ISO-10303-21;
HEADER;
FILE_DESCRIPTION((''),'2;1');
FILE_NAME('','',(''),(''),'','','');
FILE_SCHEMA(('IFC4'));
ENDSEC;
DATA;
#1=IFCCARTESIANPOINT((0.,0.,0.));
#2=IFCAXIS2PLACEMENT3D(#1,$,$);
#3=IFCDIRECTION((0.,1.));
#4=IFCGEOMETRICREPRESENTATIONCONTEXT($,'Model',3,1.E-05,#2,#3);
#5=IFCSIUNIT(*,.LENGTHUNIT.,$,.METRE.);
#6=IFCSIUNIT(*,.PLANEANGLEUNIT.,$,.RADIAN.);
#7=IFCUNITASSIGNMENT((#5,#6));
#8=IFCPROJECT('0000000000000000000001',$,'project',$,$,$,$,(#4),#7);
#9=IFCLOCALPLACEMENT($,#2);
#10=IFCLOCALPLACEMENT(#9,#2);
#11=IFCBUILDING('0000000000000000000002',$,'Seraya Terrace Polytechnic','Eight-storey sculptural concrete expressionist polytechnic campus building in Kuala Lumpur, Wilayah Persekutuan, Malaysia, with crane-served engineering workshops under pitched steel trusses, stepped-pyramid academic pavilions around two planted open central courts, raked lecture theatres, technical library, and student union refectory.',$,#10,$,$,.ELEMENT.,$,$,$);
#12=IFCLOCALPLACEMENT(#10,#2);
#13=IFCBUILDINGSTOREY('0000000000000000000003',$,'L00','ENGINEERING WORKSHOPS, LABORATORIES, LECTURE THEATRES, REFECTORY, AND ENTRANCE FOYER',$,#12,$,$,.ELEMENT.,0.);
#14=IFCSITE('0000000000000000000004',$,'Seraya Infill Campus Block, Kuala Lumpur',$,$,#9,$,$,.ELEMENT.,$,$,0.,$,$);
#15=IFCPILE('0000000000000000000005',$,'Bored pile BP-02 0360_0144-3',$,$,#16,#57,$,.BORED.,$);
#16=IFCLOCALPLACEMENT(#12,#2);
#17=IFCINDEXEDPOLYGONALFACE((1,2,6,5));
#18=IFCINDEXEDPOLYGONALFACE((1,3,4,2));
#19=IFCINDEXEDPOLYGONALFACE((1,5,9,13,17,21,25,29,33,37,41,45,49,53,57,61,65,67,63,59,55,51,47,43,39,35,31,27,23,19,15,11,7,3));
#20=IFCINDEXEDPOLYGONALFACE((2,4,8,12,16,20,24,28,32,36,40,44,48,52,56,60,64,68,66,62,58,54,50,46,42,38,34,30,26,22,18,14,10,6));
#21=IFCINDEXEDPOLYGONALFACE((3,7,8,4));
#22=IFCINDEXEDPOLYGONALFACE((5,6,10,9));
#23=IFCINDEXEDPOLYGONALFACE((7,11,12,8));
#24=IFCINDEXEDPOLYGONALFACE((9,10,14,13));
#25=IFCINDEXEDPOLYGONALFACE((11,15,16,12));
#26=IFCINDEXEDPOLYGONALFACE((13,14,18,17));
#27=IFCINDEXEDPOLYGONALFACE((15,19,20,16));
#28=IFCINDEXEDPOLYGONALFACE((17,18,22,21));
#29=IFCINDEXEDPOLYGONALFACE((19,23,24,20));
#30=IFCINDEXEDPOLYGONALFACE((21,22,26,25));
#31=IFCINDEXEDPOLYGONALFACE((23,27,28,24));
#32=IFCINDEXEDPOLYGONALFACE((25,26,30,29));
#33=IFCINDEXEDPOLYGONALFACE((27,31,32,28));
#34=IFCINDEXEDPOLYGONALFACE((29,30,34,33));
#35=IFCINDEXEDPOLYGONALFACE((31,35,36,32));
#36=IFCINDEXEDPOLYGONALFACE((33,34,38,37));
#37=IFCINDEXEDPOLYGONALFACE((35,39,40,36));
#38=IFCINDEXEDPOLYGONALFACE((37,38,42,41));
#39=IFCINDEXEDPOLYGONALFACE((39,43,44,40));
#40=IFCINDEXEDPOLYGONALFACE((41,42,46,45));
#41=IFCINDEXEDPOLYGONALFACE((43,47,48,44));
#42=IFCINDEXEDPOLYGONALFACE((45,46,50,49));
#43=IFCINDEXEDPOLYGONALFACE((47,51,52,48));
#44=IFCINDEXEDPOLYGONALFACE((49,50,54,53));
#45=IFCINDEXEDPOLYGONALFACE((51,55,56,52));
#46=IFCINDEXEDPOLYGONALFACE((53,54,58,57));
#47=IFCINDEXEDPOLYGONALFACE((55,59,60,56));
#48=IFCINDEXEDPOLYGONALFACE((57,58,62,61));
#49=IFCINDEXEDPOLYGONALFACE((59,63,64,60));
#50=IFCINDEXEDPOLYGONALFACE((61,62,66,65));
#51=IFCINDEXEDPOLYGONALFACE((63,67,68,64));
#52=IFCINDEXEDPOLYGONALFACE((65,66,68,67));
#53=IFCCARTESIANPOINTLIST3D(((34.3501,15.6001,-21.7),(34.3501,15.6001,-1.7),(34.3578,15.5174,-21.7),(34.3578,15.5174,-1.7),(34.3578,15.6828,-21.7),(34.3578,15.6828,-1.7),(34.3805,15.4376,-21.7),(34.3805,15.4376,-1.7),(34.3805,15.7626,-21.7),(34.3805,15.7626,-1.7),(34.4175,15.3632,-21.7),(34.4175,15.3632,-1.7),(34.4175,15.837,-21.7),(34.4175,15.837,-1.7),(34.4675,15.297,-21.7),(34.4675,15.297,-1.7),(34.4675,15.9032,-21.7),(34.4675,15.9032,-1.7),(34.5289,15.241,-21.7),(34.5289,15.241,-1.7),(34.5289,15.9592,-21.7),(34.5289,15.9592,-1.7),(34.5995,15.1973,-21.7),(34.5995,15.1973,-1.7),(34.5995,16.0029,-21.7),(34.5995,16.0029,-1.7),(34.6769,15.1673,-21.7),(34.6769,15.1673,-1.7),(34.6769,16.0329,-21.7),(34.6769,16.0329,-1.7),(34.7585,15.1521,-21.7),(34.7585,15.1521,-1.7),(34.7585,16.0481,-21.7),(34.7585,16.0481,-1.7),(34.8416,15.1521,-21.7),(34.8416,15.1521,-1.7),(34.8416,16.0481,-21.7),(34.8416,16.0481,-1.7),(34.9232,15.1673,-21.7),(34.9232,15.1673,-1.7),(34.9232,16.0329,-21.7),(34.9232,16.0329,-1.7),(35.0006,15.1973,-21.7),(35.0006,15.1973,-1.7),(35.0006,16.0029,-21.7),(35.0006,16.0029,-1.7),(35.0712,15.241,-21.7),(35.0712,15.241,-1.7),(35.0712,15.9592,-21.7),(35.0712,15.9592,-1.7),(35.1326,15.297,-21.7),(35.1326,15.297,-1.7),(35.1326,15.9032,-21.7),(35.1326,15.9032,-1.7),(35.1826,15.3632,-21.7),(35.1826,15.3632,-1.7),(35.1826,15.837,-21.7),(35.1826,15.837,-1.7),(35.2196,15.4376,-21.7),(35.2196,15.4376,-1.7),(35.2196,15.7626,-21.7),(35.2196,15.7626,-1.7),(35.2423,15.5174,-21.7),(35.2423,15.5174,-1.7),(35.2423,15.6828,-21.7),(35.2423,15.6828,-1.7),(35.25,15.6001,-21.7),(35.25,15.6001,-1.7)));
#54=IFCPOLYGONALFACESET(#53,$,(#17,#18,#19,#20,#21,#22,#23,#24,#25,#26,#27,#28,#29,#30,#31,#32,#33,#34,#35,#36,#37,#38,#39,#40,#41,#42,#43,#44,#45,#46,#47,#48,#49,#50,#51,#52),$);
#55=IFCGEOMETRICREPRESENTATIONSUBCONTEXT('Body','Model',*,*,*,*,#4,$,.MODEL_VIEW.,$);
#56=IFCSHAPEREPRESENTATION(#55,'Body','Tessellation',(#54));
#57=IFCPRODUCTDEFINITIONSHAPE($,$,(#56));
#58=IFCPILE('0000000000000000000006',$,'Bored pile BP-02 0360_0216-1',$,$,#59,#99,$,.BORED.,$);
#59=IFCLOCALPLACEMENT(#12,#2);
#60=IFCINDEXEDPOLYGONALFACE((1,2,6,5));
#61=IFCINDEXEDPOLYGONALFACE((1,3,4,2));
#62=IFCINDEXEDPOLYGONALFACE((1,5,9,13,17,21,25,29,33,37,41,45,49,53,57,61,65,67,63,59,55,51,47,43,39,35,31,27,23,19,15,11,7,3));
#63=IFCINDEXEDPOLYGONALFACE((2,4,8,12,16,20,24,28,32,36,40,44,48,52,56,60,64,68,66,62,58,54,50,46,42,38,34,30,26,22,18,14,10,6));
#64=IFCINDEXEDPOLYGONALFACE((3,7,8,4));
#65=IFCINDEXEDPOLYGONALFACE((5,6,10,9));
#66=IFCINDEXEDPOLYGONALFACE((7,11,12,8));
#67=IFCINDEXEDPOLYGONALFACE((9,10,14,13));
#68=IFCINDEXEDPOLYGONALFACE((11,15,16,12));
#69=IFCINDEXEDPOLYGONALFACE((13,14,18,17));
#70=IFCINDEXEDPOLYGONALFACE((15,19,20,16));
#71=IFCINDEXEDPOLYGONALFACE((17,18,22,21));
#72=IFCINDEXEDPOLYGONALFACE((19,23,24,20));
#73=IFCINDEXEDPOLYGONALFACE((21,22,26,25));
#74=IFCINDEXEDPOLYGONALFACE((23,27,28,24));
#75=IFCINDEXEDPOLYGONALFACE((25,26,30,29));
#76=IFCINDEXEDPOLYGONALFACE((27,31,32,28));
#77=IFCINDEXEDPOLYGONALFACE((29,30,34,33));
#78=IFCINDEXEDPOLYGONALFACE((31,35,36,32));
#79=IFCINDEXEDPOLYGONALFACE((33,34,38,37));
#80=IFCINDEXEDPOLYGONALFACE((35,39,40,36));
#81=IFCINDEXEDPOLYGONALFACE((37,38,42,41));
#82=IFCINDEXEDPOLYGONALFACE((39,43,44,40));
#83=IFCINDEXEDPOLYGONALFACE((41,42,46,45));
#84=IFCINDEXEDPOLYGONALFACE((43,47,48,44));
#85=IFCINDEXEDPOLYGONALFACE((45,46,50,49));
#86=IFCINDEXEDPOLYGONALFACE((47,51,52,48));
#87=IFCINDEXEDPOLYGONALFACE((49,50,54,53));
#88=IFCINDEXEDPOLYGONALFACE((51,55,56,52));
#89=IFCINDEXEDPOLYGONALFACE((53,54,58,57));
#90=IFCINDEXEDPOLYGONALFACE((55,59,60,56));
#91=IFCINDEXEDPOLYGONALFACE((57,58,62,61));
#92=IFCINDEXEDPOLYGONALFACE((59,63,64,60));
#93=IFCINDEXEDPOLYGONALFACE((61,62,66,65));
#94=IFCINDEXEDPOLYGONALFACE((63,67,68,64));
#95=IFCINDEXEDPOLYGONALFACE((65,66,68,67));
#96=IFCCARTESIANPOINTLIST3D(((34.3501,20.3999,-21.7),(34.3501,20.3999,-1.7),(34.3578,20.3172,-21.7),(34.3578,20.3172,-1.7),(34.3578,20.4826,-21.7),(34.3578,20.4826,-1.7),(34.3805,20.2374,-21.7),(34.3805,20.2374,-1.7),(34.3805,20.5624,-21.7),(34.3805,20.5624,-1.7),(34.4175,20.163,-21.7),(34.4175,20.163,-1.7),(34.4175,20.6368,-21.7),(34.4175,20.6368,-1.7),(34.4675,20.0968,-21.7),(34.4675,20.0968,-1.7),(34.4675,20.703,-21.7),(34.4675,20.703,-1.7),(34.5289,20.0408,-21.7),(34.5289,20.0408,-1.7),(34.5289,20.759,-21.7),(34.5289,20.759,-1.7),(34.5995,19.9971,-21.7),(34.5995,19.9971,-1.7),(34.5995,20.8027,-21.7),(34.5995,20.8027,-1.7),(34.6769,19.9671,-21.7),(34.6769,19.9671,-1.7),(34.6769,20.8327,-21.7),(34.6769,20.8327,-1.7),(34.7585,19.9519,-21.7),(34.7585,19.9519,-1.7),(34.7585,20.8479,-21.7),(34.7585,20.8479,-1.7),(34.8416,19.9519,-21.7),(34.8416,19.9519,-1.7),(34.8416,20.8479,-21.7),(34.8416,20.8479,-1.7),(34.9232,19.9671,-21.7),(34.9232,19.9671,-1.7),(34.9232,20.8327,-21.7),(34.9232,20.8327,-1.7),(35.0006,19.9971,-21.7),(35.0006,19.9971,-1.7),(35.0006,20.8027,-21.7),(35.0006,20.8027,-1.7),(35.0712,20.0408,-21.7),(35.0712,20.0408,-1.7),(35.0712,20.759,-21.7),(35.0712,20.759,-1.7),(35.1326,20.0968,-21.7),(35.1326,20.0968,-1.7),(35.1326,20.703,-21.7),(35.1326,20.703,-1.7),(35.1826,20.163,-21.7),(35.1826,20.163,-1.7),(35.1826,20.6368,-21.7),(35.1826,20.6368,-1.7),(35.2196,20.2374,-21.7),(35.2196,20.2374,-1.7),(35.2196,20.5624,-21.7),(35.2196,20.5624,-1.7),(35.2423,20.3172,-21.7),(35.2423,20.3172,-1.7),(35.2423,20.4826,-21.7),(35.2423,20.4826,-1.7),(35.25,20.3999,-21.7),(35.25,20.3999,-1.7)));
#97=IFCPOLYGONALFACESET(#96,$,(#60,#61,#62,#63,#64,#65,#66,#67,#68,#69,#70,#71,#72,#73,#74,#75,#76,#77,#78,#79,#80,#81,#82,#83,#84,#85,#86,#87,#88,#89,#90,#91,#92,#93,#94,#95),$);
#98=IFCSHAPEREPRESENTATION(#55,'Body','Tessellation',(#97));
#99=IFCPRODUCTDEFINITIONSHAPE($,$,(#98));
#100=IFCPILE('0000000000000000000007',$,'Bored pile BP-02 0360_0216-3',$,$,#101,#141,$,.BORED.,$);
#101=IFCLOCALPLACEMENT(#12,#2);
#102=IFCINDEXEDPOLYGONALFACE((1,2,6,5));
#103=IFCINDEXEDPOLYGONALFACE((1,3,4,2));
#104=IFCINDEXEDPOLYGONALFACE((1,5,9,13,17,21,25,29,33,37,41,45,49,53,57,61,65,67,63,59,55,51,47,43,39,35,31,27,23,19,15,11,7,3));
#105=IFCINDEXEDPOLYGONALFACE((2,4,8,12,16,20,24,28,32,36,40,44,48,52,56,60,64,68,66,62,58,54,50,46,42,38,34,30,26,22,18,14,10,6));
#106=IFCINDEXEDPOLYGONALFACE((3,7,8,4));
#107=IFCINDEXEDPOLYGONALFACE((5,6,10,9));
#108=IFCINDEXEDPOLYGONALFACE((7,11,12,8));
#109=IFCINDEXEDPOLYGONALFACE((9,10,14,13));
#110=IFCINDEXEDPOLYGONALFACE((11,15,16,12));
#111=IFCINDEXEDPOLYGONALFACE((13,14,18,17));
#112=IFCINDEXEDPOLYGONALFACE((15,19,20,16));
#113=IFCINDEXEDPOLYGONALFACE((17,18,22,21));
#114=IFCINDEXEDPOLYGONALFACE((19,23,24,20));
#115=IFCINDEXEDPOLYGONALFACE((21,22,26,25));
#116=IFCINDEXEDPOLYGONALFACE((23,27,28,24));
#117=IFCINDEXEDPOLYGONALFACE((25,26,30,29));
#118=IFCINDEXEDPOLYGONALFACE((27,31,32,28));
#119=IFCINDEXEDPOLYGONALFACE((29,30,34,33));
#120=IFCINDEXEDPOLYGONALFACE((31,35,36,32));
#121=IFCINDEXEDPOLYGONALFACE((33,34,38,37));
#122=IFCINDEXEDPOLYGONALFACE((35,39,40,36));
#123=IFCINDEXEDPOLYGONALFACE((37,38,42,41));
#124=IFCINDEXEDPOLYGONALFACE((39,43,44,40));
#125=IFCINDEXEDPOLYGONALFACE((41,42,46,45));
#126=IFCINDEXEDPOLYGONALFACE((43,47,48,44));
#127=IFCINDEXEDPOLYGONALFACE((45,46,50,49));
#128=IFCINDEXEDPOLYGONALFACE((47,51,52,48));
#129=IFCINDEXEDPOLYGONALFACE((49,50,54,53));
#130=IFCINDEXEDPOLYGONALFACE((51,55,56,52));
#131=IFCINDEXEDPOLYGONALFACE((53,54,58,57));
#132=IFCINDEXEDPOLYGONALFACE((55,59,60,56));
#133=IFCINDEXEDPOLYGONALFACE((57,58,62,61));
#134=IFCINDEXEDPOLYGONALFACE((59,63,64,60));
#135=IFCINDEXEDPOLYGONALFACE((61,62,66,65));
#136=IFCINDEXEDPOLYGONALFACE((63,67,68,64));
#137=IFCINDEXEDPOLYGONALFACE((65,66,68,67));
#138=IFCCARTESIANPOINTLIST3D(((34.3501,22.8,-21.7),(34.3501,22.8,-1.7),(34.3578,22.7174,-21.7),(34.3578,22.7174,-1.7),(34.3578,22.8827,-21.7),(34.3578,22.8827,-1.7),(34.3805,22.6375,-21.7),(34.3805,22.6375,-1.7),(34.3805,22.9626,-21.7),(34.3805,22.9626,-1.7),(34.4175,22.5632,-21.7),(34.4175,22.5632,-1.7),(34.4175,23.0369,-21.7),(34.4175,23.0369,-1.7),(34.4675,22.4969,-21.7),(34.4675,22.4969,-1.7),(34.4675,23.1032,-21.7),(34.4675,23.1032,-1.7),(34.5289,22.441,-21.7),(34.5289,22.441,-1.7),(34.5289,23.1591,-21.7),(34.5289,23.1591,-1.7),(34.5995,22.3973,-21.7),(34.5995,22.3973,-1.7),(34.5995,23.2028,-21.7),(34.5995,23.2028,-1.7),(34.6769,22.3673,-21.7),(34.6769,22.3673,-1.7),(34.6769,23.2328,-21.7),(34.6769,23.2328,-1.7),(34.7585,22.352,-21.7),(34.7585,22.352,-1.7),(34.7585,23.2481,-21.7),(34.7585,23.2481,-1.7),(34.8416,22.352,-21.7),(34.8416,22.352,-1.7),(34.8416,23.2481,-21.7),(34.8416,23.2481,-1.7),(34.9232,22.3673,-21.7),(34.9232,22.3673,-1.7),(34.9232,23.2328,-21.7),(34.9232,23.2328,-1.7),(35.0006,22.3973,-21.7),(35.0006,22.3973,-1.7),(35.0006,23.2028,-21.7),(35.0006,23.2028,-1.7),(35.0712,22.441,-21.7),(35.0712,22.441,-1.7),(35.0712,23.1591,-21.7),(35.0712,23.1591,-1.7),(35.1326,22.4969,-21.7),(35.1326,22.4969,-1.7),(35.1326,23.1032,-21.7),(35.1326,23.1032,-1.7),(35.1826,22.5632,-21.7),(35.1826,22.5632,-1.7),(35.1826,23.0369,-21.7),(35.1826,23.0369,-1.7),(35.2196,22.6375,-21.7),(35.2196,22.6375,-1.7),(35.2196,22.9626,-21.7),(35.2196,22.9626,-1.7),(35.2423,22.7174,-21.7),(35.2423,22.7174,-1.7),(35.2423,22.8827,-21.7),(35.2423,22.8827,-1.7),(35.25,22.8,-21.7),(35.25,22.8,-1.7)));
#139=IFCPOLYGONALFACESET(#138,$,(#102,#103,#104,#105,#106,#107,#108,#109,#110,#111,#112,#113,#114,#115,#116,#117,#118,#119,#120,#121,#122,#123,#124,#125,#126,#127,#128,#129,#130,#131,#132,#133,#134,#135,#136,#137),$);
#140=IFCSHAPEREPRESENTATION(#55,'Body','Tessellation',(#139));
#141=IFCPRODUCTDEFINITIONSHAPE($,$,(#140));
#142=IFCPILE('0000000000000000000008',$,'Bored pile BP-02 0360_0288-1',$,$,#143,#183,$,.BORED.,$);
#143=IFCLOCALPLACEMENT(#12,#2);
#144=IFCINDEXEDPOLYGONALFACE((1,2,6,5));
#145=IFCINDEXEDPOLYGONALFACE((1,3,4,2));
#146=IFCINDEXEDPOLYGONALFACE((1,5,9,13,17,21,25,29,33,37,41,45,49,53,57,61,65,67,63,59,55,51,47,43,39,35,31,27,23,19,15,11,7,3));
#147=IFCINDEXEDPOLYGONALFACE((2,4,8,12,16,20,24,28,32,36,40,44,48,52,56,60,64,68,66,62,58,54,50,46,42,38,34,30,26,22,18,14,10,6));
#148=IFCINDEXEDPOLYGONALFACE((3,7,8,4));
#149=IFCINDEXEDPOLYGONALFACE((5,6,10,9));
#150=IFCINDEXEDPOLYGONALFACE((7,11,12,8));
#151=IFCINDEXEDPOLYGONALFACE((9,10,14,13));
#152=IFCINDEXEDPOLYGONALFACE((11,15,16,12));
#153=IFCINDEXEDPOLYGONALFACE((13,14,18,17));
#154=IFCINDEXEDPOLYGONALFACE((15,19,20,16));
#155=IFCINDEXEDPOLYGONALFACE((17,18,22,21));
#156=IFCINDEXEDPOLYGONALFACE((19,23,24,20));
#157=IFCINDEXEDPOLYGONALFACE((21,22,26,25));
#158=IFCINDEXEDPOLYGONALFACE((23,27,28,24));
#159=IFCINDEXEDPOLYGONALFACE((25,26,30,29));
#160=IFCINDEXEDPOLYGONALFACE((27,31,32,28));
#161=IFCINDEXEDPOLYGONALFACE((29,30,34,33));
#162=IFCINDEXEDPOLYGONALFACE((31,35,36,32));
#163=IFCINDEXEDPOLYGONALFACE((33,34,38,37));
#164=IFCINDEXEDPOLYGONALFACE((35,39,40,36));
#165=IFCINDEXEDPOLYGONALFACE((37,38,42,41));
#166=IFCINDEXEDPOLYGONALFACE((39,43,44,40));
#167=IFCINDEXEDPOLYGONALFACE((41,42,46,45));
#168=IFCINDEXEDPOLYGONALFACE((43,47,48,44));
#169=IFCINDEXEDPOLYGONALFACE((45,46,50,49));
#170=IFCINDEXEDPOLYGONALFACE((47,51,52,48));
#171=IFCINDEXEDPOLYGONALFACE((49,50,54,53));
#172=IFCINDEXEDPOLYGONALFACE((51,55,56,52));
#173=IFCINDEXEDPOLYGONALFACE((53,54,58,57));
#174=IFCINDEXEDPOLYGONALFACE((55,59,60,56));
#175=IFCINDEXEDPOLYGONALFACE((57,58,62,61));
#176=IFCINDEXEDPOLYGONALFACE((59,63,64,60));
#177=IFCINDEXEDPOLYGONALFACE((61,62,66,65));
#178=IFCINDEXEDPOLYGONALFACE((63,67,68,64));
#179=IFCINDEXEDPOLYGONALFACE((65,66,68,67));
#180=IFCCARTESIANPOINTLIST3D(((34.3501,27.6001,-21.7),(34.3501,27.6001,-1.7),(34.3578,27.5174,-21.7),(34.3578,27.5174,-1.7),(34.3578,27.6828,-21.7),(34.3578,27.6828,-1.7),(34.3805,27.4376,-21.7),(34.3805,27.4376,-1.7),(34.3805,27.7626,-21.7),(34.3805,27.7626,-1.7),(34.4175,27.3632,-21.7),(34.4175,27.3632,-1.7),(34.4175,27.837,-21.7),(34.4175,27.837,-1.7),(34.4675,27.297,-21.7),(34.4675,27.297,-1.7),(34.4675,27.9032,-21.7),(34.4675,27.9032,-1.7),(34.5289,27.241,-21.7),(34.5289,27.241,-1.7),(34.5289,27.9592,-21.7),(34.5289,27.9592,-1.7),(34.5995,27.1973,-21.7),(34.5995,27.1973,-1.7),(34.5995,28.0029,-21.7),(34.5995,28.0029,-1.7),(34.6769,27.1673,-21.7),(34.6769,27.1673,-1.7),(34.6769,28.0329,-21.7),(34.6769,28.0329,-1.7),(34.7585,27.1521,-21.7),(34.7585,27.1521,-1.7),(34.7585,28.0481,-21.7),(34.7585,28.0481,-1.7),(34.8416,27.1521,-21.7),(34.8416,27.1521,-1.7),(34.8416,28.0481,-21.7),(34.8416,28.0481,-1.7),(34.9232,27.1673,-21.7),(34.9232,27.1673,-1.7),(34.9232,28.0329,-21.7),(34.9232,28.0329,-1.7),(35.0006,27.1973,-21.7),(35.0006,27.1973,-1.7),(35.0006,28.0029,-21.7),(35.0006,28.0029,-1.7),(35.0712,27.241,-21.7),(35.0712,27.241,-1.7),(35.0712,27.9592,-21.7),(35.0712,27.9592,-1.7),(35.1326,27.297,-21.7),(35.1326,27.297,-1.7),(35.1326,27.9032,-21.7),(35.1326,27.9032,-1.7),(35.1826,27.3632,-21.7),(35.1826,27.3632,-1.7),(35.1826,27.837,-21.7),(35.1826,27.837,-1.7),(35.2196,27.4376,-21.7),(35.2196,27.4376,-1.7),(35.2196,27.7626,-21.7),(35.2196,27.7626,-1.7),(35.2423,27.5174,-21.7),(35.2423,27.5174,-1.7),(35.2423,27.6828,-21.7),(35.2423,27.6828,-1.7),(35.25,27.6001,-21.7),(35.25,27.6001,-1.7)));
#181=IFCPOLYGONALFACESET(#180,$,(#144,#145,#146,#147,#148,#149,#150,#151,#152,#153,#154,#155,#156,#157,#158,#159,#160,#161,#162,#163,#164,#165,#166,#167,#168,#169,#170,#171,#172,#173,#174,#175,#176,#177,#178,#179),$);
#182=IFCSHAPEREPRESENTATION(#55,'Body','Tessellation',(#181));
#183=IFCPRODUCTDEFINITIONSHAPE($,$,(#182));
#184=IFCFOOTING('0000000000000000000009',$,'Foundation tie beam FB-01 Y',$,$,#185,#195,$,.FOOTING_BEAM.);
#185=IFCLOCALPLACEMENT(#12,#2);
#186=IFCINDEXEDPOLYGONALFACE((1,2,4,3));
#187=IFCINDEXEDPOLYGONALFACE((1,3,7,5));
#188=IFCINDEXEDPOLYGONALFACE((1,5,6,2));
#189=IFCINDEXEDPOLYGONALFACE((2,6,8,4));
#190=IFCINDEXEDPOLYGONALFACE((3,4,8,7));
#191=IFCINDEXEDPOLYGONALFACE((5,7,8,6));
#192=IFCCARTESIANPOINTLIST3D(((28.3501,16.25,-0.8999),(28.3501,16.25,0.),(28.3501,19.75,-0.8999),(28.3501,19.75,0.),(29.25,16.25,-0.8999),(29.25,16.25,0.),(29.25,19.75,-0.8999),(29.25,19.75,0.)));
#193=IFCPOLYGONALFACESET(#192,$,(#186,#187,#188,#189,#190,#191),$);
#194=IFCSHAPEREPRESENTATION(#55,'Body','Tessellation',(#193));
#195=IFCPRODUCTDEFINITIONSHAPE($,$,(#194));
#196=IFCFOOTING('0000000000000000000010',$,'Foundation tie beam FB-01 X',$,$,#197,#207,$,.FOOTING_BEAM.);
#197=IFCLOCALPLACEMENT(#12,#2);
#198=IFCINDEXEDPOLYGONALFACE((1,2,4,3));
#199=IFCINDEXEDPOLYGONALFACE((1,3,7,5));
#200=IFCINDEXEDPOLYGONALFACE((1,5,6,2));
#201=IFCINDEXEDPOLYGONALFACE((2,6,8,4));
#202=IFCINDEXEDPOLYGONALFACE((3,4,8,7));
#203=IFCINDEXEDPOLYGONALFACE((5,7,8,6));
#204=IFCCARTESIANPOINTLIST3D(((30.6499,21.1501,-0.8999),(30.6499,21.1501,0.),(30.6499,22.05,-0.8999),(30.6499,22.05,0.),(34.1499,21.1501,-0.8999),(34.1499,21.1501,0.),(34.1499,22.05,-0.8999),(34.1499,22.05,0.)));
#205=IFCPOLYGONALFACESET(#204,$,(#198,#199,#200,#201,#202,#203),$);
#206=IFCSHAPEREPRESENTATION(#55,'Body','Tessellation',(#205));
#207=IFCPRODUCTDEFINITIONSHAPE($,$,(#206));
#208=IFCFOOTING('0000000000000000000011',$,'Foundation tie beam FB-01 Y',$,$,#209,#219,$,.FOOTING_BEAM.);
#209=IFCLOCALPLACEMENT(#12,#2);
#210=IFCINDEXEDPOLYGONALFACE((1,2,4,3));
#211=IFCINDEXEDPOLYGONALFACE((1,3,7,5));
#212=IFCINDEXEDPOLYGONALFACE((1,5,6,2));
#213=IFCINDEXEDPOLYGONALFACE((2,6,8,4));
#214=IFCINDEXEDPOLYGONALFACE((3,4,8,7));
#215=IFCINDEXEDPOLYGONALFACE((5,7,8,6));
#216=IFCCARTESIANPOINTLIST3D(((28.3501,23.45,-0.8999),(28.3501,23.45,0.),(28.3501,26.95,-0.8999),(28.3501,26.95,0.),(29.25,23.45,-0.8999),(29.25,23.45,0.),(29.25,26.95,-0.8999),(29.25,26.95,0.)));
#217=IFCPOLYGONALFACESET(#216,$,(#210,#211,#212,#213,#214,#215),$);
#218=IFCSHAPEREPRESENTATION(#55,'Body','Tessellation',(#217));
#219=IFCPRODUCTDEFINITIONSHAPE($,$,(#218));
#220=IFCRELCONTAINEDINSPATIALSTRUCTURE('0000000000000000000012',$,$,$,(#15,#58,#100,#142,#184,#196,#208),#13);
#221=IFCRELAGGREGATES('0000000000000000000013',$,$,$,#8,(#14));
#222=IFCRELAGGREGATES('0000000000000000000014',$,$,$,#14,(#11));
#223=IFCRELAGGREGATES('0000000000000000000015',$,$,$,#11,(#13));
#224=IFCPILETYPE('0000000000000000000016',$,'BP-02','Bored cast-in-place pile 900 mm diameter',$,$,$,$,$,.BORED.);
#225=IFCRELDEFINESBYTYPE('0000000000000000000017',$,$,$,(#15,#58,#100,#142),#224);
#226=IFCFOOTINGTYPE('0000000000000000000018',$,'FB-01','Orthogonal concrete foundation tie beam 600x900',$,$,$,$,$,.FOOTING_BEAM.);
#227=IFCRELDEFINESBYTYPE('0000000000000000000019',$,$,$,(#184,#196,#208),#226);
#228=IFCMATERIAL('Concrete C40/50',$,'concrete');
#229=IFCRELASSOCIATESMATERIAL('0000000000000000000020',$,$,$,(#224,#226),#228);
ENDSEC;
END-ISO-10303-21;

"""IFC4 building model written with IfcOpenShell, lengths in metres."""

from ifc_helpers import new_model, si_unit, direction, frame, origin, origin_2d, place, context, subcontext, project, spatial, rectangle, circle, extrude, material, material_profile, profile_set, type_object, element, save


model = new_model("IFC4")

# Units and contexts
model_context = context("Model", 3, precision=1e-05, world=origin(), true_north=direction((0.0, 1.0)))
body_context = subcontext(model_context, "Body", "Model", "MODEL_VIEW")
ifc_project = project(units=[si_unit("LENGTHUNIT", "METRE"), si_unit("PLANEANGLEUNIT", "RADIAN")], contexts=[model_context])

# Site, building, storey
site_placement = place(None, origin())
site = spatial("IfcSite", under=ifc_project, at=site_placement, Name="Seraya Infill Campus Block, Kuala Lumpur", CompositionType="ELEMENT", RefElevation=0.0)
building_placement = place(site_placement, origin())
building = spatial("IfcBuilding", under=site, at=building_placement, Name="Seraya Terrace Polytechnic", Description="Eight-storey sculptural concrete expressionist polytechnic campus building in Kuala Lumpur, Wilayah Persekutuan, Malaysia, with crane-served engineering workshops under pitched steel trusses, stepped-pyramid academic pavilions around two planted open central courts, raked lecture theatres, technical library, and student union refectory.", CompositionType="ELEMENT")
storey_placement = place(building_placement, origin())
storey = spatial("IfcBuildingStorey", under=building, at=storey_placement, Name="L00", Description="ENGINEERING WORKSHOPS, LABORATORIES, LECTURE THEATRES, REFECTORY, AND ENTRANCE FOYER", CompositionType="ELEMENT", Elevation=0.0)

# Piles
ifc_material = material(Name="Concrete C40/50", Category="concrete")
ifc_material_profile_1 = material_profile(ifc_material, circle(Radius=0.45, at=origin_2d()), Name="DIA 900")
ifc_profile_set_1 = profile_set([ifc_material_profile_1], Name="Concrete C40/50")
pile_type = type_object("IfcPileType", Name="BP-02", Description="Bored cast-in-place pile 900 mm diameter", PredefinedType="BORED", material=ifc_profile_set_1)
for number, where, z_axis, x_axis, name in (
    (1, (34.8, 15.6001, -1.7), (0.0, 0.0, -1.0), (1.0, 0.0, 0.0), "Bored pile BP-02 0360_0144-3"),
    (2, (34.8, 20.3999, -1.7), (0.0, 0.0, -1.0), (1.0, 0.0, 0.0), "Bored pile BP-02 0360_0216-1"),
    (3, (34.8, 22.8, -1.7), (0.0, 0.0, -1.0), (1.0, 0.0, 0.0), "Bored pile BP-02 0360_0216-3"),
    (4, (34.8, 27.6001, -1.7), (0.0, 0.0, -1.0), (1.0, 0.0, 0.0), "Bored pile BP-02 0360_0288-1"),
):
    element("IfcPile", number, at=place(storey_placement, frame(where, z_axis=z_axis, x_axis=x_axis)), inside=storey, type_object=pile_type, Name=name, PredefinedType="BORED", context=body_context, shape_type="SweptSolid", body=[
        extrude(circle(Radius=0.45, at=origin_2d()), origin(), (0.0, 0.0, 1.0), 20.0),
    ])

# Footings
footing_type_1 = type_object("IfcFootingType", Name="FB-01", Description="Orthogonal concrete foundation tie beam 600x900", PredefinedType="FOOTING_BEAM", material=ifc_material)
for number, where, z_axis, x_axis, name in (
    (5, (28.8, 18.0, -0.8999), (0.0, 0.0, 1.0), (0.0, 1.0, 0.0), "Foundation tie beam FB-01 Y"),
    (6, (32.3999, 21.6001, -0.8999), (0.0, 0.0, 1.0), (1.0, 0.0, 0.0), "Foundation tie beam FB-01 X"),
    (7, (28.8, 25.2, -0.8999), (0.0, 0.0, 1.0), (0.0, 1.0, 0.0), "Foundation tie beam FB-01 Y"),
):
    element("IfcFooting", number, at=place(storey_placement, frame(where, z_axis=z_axis, x_axis=x_axis)), inside=storey, type_object=footing_type_1, Name=name, PredefinedType="FOOTING_BEAM", context=body_context, shape_type="SweptSolid", body=[
        extrude(rectangle(XDim=3.5, YDim=0.8999, at=origin_2d()), origin(), (0.0, 0.0, 1.0), 0.8999),
    ])

save(model, "model.ifc")
